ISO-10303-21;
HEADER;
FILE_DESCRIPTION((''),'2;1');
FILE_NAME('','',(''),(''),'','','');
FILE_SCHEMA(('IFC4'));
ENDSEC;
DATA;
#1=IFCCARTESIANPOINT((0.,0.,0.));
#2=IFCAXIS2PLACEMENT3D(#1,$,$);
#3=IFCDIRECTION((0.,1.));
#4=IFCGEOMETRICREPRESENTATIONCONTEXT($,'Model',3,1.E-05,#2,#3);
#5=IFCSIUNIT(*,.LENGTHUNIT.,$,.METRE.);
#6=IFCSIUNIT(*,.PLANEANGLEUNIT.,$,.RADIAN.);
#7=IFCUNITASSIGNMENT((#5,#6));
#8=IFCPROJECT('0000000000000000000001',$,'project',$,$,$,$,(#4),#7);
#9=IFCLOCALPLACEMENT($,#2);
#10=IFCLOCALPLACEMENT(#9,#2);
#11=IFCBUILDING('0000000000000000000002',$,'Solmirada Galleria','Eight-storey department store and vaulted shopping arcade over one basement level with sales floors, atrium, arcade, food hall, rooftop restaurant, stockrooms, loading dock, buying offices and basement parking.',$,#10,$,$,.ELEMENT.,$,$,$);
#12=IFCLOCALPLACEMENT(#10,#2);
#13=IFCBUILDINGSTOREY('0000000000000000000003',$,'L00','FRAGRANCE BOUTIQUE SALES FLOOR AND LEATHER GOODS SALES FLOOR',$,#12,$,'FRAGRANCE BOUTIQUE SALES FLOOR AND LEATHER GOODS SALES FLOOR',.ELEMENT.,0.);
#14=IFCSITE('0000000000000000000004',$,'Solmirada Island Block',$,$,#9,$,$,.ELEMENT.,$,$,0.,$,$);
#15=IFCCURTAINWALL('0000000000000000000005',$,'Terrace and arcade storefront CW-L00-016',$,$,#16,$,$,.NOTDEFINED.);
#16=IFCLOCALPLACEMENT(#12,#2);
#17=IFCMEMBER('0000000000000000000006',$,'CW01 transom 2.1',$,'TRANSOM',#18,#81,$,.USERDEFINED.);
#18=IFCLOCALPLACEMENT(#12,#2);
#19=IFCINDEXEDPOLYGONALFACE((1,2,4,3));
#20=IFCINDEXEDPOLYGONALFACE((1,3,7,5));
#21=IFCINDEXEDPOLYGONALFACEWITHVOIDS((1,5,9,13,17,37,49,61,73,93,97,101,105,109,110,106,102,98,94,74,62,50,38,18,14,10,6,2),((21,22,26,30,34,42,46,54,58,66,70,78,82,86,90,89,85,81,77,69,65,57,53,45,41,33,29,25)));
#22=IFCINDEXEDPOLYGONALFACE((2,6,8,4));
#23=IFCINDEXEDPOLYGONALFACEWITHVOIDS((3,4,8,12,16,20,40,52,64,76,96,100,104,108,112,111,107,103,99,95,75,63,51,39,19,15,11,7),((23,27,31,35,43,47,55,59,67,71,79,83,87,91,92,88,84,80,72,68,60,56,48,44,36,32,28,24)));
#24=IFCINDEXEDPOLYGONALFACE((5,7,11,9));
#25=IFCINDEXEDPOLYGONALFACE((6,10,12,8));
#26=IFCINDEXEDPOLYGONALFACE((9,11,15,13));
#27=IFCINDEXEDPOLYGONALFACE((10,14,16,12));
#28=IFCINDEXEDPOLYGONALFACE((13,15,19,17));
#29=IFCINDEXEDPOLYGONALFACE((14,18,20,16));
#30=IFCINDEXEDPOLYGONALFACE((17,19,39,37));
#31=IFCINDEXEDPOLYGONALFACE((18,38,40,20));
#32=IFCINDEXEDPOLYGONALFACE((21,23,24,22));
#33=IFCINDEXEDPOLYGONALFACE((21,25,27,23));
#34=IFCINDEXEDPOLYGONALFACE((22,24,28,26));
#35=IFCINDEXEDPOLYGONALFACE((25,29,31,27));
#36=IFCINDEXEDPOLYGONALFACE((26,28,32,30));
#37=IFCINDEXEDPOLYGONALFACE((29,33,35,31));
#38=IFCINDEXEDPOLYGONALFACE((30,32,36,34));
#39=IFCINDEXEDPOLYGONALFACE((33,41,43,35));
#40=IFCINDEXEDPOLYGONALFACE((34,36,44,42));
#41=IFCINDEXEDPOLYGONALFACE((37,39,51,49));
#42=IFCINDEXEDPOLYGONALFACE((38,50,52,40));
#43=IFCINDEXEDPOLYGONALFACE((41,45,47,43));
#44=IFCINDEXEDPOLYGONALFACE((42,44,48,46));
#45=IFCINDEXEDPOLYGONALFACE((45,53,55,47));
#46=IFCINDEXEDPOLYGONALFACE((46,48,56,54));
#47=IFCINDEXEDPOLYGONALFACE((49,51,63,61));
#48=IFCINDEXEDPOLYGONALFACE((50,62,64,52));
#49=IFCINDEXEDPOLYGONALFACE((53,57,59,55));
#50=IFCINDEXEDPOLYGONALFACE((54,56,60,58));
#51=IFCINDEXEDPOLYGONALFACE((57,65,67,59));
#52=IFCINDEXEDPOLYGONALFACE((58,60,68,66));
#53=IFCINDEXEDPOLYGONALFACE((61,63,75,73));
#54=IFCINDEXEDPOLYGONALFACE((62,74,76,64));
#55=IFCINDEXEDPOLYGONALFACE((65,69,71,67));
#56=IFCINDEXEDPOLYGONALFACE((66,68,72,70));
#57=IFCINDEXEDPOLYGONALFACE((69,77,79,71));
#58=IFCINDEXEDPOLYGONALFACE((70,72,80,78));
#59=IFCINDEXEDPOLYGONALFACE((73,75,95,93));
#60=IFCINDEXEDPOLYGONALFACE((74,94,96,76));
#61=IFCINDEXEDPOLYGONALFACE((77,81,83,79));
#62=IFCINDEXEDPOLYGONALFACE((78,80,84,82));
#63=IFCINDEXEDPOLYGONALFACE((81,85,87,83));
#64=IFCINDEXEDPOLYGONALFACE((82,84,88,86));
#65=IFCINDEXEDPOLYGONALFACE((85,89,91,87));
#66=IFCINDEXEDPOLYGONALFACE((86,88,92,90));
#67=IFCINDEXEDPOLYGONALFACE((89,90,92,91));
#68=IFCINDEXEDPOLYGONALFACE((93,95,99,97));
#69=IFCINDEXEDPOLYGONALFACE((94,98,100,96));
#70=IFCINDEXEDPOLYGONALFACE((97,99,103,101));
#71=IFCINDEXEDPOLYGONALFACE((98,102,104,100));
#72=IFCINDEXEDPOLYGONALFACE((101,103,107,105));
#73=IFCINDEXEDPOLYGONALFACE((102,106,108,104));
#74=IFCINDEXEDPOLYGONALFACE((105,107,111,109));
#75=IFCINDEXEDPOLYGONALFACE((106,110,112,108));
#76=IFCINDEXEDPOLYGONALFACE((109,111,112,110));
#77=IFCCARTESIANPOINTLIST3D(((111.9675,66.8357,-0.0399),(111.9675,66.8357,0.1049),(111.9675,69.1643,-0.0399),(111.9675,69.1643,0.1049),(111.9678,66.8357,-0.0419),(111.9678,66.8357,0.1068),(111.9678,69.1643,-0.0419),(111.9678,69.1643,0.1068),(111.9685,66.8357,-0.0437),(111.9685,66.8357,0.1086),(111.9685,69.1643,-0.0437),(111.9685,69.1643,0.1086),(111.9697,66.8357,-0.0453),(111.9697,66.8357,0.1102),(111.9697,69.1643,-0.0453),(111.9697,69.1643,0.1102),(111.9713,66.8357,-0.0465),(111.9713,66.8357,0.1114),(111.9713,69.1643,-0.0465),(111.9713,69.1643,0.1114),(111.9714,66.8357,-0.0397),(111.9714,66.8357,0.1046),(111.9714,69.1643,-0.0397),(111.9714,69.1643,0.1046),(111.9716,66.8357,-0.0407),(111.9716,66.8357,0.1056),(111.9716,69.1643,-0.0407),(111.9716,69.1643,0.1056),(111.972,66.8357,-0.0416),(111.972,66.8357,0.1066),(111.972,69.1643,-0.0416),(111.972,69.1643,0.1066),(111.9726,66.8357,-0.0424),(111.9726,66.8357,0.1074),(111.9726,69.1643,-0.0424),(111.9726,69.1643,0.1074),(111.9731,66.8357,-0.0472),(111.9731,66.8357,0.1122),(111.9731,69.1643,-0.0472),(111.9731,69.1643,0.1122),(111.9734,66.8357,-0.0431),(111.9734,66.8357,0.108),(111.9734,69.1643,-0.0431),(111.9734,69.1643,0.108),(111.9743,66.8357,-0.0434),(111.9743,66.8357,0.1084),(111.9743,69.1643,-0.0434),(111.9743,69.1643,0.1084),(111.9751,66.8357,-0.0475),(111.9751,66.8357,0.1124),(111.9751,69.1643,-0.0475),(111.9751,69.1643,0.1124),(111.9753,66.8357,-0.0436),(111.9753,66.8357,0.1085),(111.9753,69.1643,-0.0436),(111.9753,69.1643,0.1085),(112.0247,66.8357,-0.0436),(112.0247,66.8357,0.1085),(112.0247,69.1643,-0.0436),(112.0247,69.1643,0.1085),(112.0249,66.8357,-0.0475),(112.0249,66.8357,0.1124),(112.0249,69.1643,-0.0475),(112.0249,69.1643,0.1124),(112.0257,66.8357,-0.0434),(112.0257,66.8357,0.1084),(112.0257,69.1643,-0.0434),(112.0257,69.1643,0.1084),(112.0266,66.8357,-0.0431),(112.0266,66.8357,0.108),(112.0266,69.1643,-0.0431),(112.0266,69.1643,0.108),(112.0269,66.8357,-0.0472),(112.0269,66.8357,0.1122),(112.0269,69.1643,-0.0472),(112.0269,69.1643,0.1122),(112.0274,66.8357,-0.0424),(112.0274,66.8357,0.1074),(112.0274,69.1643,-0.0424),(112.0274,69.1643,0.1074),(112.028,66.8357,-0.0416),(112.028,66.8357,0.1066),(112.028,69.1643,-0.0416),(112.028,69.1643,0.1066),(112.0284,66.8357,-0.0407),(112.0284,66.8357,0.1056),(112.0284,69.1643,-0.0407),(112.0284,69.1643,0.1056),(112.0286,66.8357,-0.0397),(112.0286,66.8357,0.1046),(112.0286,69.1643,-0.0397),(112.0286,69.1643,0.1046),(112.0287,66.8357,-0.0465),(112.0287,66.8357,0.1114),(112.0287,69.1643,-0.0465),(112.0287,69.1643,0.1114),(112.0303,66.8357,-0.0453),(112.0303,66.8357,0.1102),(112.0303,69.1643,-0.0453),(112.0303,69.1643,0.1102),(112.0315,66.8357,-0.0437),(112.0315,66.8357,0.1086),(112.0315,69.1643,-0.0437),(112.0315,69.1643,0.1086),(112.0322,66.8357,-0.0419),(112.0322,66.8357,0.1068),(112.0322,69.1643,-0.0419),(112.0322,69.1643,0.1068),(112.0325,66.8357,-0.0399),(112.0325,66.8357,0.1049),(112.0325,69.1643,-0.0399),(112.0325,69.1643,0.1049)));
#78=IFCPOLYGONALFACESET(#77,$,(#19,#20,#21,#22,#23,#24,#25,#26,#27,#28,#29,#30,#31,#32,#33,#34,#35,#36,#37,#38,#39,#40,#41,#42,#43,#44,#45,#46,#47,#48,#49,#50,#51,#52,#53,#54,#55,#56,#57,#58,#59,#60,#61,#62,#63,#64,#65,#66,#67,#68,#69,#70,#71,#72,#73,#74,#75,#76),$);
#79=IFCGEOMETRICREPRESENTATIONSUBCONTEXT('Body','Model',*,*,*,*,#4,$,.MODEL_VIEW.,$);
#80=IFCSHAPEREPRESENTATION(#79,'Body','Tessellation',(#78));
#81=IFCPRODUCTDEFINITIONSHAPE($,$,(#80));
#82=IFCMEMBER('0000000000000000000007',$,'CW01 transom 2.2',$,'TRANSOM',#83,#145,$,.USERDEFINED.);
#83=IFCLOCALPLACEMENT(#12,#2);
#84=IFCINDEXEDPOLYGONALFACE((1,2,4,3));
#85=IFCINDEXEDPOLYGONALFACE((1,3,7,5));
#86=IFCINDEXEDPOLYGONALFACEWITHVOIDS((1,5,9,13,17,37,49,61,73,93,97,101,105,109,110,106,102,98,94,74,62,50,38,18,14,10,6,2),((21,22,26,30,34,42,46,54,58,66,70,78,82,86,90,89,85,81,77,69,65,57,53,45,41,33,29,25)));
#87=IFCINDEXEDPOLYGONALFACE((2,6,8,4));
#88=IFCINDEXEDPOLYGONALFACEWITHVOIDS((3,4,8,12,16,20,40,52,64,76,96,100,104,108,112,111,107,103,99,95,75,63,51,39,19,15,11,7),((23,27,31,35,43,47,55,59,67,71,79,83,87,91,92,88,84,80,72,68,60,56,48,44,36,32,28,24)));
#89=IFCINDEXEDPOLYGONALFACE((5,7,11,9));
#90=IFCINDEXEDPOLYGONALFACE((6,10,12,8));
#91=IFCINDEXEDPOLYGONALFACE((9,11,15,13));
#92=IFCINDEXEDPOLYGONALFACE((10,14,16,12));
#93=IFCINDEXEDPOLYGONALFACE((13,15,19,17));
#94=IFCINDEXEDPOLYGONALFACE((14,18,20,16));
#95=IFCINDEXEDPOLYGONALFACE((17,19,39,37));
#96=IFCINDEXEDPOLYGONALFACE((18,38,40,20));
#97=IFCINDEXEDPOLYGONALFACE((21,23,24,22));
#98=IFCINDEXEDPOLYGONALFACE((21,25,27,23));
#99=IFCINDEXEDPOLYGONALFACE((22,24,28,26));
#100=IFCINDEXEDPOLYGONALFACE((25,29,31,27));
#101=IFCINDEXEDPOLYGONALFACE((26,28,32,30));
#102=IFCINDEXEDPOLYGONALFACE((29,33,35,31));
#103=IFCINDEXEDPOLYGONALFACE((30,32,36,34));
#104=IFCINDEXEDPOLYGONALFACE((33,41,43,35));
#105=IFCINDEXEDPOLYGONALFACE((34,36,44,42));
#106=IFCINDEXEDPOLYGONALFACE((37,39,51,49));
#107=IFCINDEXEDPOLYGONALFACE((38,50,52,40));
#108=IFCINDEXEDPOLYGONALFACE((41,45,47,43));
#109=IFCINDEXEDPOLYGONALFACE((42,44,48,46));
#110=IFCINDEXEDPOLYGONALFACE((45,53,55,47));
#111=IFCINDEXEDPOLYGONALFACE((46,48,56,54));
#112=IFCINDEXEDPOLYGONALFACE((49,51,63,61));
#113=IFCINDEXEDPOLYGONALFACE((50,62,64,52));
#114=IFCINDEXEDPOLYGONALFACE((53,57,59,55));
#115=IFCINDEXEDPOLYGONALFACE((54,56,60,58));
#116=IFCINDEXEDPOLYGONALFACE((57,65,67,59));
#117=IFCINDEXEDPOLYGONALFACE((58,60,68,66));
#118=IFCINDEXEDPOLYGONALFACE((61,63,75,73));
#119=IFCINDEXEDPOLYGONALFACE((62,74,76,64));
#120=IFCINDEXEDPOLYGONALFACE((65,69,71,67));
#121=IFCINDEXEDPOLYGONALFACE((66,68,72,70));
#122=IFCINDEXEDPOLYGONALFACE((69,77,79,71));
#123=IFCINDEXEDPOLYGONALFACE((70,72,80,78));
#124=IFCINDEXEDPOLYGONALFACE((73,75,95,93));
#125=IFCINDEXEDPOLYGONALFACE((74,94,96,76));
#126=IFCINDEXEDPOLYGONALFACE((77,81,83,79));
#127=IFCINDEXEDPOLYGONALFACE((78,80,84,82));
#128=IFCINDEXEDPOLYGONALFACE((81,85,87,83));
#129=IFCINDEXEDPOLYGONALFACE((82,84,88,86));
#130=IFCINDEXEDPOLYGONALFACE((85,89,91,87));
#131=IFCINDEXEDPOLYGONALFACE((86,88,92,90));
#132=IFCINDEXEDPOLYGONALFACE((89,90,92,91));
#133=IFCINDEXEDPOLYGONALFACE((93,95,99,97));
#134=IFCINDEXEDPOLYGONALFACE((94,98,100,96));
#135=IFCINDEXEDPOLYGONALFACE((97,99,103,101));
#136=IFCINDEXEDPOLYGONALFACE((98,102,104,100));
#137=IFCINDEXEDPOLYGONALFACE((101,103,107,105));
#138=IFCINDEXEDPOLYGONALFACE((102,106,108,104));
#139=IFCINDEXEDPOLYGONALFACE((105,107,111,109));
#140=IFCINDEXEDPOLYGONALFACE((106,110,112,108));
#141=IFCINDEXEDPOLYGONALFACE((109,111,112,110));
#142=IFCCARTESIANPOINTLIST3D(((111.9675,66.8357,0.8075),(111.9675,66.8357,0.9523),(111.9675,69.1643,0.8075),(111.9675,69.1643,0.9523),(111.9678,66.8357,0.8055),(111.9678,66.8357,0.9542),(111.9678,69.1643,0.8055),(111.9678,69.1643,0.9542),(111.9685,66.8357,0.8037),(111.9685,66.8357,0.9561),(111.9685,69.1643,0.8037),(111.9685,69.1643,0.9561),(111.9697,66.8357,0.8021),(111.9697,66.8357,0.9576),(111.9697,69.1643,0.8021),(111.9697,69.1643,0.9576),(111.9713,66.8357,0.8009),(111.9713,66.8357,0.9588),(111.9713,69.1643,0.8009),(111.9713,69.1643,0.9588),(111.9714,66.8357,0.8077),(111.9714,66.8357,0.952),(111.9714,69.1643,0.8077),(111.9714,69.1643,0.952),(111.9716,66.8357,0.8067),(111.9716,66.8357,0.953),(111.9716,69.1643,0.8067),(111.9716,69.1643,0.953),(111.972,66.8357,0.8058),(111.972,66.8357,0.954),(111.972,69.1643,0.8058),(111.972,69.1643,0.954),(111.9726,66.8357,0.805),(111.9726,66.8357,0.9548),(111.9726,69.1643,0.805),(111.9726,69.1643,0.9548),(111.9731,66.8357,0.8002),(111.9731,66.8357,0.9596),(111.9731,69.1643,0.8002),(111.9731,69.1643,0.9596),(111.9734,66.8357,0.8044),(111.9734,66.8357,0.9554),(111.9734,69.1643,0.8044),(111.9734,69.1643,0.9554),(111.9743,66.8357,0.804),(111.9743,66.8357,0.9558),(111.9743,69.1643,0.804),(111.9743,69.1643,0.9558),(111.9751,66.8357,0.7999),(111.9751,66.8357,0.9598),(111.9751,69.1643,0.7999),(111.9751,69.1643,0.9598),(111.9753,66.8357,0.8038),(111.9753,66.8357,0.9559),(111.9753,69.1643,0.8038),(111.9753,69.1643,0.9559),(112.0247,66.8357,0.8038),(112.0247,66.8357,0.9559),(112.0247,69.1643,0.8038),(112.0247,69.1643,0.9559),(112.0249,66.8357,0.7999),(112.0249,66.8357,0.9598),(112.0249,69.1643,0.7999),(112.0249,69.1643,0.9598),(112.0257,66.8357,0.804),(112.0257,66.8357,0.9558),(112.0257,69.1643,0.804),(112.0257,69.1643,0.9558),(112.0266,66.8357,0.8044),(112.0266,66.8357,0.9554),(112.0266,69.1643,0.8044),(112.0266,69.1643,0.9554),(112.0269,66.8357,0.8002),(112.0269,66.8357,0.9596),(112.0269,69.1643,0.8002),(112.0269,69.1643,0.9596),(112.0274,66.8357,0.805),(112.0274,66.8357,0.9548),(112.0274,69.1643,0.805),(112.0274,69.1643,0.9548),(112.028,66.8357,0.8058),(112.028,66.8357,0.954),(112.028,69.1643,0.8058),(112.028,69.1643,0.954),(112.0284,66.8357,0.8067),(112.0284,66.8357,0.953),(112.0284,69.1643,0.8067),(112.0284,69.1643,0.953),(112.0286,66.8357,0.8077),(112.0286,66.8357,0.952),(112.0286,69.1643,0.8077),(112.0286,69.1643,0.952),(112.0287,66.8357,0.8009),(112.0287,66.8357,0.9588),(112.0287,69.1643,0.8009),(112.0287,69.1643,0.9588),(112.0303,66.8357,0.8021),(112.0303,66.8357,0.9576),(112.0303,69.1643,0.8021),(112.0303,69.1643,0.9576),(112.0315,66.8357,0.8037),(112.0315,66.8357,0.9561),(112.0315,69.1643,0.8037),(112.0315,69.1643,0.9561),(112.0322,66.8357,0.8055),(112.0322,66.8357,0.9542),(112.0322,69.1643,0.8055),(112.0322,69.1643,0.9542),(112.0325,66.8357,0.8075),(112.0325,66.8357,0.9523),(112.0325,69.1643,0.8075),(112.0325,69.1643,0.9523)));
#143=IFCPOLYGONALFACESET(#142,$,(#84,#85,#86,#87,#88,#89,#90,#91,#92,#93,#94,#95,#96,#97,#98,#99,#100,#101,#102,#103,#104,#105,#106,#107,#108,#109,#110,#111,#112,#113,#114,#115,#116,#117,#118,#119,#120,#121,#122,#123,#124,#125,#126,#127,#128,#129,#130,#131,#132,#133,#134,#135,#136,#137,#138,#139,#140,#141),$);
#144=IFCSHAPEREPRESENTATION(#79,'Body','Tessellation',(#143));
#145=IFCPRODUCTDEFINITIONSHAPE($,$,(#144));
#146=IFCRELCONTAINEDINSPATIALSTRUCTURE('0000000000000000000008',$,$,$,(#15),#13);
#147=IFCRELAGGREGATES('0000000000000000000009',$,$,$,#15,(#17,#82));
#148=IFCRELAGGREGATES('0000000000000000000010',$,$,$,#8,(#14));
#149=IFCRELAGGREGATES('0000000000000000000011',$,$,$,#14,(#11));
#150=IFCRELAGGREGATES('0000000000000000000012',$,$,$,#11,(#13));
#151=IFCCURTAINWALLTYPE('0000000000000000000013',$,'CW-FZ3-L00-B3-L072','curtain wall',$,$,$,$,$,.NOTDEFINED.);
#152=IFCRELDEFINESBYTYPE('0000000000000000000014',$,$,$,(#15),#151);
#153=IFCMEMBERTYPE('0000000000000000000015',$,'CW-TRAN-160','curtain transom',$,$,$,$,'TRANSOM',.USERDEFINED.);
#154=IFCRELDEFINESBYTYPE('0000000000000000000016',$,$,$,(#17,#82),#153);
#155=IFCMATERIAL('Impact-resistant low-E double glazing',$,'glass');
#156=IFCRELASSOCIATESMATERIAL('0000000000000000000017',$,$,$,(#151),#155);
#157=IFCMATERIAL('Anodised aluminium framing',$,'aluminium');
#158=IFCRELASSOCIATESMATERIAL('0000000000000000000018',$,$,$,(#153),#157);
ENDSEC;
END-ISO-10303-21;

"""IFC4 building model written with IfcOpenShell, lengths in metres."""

from ifc_helpers import new_model, si_unit, direction, frame, origin, origin_2d, place, context, subcontext, project, spatial, hollow_rectangle, extrude, material, material_profile, profile_set, type_object, element, aggregate, save


model = new_model("IFC4")

# Units and contexts
model_context = context("Model", 3, precision=1e-05, world=origin(), true_north=direction((0.0, 1.0)))
body_context = subcontext(model_context, "Body", "Model", "MODEL_VIEW")
ifc_project = project(units=[si_unit("LENGTHUNIT", "METRE"), si_unit("PLANEANGLEUNIT", "RADIAN")], contexts=[model_context])

# Site, building, storey
site_placement = place(None, origin())
site = spatial("IfcSite", under=ifc_project, at=site_placement, Name="Solmirada Island Block", CompositionType="ELEMENT", RefElevation=0.0)
building_placement = place(site_placement, origin())
building = spatial("IfcBuilding", under=site, at=building_placement, Name="Solmirada Galleria", Description="Eight-storey department store and vaulted shopping arcade over one basement level with sales floors, atrium, arcade, food hall, rooftop restaurant, stockrooms, loading dock, buying offices and basement parking.", CompositionType="ELEMENT")
storey_placement = place(building_placement, origin())
storey = spatial("IfcBuildingStorey", under=building, at=storey_placement, Name="L00", Description="FRAGRANCE BOUTIQUE SALES FLOOR AND LEATHER GOODS SALES FLOOR", LongName="FRAGRANCE BOUTIQUE SALES FLOOR AND LEATHER GOODS SALES FLOOR", CompositionType="ELEMENT", Elevation=0.0)

# Curtain wall
ifc_material_1 = material(Name="Impact-resistant low-E double glazing", Category="glass")
curtain_wall_type = type_object("IfcCurtainWallType", Name="CW-FZ3-L00-B3-L072", Description="curtain wall", PredefinedType="NOTDEFINED", material=ifc_material_1)
curtain_wall_1_placement = place(storey_placement, origin())
curtain_wall_1 = element("IfcCurtainWall", 1, at=curtain_wall_1_placement, inside=storey, type_object=curtain_wall_type, Name="Terrace and arcade storefront CW-L00-016", PredefinedType="NOTDEFINED")
ifc_material_2 = material(Name="Anodised aluminium framing", Category="aluminium")

# Members
ifc_material_profile_1 = material_profile(ifc_material_2, hollow_rectangle(XDim=0.0649, YDim=0.1599, WallThickness=0.0039, InnerFilletRadius=0.0039, OuterFilletRadius=0.0076, at=origin_2d()), Name="ALU-TRAN-160X65")
ifc_profile_set_1 = profile_set([ifc_material_profile_1], Name="Anodised aluminium framing")
member_type_1 = type_object("IfcMemberType", Name="CW-TRAN-160", Description="curtain transom", ElementType="TRANSOM", PredefinedType="USERDEFINED", material=ifc_profile_set_1)
member_1_placement = place(storey_placement, frame((112.0, 69.1643, 0.0325), z_axis=(0.0, -1.0, 0.0), x_axis=(1.0, 0.0, 0.0)))
member_1 = element("IfcMember", 2, at=member_1_placement, type_object=member_type_1, Name="CW01 transom 2.1", ObjectType="TRANSOM", PredefinedType="USERDEFINED", context=body_context, shape_type="SweptSolid", body=[
    extrude(hollow_rectangle(XDim=0.0649, YDim=0.1599, WallThickness=0.0039, InnerFilletRadius=0.0039, OuterFilletRadius=0.0076, at=origin_2d()), origin(), (0.0, 0.0, 1.0), 2.3286),
])
member_2_placement = place(storey_placement, frame((112.0, 69.1643, 0.8799), z_axis=(0.0, -1.0, 0.0), x_axis=(1.0, 0.0, 0.0)))
member_2 = element("IfcMember", 3, at=member_2_placement, type_object=member_type_1, Name="CW01 transom 2.2", ObjectType="TRANSOM", PredefinedType="USERDEFINED", context=body_context, shape_type="SweptSolid", body=[
    extrude(hollow_rectangle(XDim=0.0649, YDim=0.1599, WallThickness=0.0039, InnerFilletRadius=0.0039, OuterFilletRadius=0.0076, at=origin_2d()), origin(), (0.0, 0.0, 1.0), 2.3286),
])

aggregate(curtain_wall_1, [member_1, member_2])

save(model, "model.ifc")
